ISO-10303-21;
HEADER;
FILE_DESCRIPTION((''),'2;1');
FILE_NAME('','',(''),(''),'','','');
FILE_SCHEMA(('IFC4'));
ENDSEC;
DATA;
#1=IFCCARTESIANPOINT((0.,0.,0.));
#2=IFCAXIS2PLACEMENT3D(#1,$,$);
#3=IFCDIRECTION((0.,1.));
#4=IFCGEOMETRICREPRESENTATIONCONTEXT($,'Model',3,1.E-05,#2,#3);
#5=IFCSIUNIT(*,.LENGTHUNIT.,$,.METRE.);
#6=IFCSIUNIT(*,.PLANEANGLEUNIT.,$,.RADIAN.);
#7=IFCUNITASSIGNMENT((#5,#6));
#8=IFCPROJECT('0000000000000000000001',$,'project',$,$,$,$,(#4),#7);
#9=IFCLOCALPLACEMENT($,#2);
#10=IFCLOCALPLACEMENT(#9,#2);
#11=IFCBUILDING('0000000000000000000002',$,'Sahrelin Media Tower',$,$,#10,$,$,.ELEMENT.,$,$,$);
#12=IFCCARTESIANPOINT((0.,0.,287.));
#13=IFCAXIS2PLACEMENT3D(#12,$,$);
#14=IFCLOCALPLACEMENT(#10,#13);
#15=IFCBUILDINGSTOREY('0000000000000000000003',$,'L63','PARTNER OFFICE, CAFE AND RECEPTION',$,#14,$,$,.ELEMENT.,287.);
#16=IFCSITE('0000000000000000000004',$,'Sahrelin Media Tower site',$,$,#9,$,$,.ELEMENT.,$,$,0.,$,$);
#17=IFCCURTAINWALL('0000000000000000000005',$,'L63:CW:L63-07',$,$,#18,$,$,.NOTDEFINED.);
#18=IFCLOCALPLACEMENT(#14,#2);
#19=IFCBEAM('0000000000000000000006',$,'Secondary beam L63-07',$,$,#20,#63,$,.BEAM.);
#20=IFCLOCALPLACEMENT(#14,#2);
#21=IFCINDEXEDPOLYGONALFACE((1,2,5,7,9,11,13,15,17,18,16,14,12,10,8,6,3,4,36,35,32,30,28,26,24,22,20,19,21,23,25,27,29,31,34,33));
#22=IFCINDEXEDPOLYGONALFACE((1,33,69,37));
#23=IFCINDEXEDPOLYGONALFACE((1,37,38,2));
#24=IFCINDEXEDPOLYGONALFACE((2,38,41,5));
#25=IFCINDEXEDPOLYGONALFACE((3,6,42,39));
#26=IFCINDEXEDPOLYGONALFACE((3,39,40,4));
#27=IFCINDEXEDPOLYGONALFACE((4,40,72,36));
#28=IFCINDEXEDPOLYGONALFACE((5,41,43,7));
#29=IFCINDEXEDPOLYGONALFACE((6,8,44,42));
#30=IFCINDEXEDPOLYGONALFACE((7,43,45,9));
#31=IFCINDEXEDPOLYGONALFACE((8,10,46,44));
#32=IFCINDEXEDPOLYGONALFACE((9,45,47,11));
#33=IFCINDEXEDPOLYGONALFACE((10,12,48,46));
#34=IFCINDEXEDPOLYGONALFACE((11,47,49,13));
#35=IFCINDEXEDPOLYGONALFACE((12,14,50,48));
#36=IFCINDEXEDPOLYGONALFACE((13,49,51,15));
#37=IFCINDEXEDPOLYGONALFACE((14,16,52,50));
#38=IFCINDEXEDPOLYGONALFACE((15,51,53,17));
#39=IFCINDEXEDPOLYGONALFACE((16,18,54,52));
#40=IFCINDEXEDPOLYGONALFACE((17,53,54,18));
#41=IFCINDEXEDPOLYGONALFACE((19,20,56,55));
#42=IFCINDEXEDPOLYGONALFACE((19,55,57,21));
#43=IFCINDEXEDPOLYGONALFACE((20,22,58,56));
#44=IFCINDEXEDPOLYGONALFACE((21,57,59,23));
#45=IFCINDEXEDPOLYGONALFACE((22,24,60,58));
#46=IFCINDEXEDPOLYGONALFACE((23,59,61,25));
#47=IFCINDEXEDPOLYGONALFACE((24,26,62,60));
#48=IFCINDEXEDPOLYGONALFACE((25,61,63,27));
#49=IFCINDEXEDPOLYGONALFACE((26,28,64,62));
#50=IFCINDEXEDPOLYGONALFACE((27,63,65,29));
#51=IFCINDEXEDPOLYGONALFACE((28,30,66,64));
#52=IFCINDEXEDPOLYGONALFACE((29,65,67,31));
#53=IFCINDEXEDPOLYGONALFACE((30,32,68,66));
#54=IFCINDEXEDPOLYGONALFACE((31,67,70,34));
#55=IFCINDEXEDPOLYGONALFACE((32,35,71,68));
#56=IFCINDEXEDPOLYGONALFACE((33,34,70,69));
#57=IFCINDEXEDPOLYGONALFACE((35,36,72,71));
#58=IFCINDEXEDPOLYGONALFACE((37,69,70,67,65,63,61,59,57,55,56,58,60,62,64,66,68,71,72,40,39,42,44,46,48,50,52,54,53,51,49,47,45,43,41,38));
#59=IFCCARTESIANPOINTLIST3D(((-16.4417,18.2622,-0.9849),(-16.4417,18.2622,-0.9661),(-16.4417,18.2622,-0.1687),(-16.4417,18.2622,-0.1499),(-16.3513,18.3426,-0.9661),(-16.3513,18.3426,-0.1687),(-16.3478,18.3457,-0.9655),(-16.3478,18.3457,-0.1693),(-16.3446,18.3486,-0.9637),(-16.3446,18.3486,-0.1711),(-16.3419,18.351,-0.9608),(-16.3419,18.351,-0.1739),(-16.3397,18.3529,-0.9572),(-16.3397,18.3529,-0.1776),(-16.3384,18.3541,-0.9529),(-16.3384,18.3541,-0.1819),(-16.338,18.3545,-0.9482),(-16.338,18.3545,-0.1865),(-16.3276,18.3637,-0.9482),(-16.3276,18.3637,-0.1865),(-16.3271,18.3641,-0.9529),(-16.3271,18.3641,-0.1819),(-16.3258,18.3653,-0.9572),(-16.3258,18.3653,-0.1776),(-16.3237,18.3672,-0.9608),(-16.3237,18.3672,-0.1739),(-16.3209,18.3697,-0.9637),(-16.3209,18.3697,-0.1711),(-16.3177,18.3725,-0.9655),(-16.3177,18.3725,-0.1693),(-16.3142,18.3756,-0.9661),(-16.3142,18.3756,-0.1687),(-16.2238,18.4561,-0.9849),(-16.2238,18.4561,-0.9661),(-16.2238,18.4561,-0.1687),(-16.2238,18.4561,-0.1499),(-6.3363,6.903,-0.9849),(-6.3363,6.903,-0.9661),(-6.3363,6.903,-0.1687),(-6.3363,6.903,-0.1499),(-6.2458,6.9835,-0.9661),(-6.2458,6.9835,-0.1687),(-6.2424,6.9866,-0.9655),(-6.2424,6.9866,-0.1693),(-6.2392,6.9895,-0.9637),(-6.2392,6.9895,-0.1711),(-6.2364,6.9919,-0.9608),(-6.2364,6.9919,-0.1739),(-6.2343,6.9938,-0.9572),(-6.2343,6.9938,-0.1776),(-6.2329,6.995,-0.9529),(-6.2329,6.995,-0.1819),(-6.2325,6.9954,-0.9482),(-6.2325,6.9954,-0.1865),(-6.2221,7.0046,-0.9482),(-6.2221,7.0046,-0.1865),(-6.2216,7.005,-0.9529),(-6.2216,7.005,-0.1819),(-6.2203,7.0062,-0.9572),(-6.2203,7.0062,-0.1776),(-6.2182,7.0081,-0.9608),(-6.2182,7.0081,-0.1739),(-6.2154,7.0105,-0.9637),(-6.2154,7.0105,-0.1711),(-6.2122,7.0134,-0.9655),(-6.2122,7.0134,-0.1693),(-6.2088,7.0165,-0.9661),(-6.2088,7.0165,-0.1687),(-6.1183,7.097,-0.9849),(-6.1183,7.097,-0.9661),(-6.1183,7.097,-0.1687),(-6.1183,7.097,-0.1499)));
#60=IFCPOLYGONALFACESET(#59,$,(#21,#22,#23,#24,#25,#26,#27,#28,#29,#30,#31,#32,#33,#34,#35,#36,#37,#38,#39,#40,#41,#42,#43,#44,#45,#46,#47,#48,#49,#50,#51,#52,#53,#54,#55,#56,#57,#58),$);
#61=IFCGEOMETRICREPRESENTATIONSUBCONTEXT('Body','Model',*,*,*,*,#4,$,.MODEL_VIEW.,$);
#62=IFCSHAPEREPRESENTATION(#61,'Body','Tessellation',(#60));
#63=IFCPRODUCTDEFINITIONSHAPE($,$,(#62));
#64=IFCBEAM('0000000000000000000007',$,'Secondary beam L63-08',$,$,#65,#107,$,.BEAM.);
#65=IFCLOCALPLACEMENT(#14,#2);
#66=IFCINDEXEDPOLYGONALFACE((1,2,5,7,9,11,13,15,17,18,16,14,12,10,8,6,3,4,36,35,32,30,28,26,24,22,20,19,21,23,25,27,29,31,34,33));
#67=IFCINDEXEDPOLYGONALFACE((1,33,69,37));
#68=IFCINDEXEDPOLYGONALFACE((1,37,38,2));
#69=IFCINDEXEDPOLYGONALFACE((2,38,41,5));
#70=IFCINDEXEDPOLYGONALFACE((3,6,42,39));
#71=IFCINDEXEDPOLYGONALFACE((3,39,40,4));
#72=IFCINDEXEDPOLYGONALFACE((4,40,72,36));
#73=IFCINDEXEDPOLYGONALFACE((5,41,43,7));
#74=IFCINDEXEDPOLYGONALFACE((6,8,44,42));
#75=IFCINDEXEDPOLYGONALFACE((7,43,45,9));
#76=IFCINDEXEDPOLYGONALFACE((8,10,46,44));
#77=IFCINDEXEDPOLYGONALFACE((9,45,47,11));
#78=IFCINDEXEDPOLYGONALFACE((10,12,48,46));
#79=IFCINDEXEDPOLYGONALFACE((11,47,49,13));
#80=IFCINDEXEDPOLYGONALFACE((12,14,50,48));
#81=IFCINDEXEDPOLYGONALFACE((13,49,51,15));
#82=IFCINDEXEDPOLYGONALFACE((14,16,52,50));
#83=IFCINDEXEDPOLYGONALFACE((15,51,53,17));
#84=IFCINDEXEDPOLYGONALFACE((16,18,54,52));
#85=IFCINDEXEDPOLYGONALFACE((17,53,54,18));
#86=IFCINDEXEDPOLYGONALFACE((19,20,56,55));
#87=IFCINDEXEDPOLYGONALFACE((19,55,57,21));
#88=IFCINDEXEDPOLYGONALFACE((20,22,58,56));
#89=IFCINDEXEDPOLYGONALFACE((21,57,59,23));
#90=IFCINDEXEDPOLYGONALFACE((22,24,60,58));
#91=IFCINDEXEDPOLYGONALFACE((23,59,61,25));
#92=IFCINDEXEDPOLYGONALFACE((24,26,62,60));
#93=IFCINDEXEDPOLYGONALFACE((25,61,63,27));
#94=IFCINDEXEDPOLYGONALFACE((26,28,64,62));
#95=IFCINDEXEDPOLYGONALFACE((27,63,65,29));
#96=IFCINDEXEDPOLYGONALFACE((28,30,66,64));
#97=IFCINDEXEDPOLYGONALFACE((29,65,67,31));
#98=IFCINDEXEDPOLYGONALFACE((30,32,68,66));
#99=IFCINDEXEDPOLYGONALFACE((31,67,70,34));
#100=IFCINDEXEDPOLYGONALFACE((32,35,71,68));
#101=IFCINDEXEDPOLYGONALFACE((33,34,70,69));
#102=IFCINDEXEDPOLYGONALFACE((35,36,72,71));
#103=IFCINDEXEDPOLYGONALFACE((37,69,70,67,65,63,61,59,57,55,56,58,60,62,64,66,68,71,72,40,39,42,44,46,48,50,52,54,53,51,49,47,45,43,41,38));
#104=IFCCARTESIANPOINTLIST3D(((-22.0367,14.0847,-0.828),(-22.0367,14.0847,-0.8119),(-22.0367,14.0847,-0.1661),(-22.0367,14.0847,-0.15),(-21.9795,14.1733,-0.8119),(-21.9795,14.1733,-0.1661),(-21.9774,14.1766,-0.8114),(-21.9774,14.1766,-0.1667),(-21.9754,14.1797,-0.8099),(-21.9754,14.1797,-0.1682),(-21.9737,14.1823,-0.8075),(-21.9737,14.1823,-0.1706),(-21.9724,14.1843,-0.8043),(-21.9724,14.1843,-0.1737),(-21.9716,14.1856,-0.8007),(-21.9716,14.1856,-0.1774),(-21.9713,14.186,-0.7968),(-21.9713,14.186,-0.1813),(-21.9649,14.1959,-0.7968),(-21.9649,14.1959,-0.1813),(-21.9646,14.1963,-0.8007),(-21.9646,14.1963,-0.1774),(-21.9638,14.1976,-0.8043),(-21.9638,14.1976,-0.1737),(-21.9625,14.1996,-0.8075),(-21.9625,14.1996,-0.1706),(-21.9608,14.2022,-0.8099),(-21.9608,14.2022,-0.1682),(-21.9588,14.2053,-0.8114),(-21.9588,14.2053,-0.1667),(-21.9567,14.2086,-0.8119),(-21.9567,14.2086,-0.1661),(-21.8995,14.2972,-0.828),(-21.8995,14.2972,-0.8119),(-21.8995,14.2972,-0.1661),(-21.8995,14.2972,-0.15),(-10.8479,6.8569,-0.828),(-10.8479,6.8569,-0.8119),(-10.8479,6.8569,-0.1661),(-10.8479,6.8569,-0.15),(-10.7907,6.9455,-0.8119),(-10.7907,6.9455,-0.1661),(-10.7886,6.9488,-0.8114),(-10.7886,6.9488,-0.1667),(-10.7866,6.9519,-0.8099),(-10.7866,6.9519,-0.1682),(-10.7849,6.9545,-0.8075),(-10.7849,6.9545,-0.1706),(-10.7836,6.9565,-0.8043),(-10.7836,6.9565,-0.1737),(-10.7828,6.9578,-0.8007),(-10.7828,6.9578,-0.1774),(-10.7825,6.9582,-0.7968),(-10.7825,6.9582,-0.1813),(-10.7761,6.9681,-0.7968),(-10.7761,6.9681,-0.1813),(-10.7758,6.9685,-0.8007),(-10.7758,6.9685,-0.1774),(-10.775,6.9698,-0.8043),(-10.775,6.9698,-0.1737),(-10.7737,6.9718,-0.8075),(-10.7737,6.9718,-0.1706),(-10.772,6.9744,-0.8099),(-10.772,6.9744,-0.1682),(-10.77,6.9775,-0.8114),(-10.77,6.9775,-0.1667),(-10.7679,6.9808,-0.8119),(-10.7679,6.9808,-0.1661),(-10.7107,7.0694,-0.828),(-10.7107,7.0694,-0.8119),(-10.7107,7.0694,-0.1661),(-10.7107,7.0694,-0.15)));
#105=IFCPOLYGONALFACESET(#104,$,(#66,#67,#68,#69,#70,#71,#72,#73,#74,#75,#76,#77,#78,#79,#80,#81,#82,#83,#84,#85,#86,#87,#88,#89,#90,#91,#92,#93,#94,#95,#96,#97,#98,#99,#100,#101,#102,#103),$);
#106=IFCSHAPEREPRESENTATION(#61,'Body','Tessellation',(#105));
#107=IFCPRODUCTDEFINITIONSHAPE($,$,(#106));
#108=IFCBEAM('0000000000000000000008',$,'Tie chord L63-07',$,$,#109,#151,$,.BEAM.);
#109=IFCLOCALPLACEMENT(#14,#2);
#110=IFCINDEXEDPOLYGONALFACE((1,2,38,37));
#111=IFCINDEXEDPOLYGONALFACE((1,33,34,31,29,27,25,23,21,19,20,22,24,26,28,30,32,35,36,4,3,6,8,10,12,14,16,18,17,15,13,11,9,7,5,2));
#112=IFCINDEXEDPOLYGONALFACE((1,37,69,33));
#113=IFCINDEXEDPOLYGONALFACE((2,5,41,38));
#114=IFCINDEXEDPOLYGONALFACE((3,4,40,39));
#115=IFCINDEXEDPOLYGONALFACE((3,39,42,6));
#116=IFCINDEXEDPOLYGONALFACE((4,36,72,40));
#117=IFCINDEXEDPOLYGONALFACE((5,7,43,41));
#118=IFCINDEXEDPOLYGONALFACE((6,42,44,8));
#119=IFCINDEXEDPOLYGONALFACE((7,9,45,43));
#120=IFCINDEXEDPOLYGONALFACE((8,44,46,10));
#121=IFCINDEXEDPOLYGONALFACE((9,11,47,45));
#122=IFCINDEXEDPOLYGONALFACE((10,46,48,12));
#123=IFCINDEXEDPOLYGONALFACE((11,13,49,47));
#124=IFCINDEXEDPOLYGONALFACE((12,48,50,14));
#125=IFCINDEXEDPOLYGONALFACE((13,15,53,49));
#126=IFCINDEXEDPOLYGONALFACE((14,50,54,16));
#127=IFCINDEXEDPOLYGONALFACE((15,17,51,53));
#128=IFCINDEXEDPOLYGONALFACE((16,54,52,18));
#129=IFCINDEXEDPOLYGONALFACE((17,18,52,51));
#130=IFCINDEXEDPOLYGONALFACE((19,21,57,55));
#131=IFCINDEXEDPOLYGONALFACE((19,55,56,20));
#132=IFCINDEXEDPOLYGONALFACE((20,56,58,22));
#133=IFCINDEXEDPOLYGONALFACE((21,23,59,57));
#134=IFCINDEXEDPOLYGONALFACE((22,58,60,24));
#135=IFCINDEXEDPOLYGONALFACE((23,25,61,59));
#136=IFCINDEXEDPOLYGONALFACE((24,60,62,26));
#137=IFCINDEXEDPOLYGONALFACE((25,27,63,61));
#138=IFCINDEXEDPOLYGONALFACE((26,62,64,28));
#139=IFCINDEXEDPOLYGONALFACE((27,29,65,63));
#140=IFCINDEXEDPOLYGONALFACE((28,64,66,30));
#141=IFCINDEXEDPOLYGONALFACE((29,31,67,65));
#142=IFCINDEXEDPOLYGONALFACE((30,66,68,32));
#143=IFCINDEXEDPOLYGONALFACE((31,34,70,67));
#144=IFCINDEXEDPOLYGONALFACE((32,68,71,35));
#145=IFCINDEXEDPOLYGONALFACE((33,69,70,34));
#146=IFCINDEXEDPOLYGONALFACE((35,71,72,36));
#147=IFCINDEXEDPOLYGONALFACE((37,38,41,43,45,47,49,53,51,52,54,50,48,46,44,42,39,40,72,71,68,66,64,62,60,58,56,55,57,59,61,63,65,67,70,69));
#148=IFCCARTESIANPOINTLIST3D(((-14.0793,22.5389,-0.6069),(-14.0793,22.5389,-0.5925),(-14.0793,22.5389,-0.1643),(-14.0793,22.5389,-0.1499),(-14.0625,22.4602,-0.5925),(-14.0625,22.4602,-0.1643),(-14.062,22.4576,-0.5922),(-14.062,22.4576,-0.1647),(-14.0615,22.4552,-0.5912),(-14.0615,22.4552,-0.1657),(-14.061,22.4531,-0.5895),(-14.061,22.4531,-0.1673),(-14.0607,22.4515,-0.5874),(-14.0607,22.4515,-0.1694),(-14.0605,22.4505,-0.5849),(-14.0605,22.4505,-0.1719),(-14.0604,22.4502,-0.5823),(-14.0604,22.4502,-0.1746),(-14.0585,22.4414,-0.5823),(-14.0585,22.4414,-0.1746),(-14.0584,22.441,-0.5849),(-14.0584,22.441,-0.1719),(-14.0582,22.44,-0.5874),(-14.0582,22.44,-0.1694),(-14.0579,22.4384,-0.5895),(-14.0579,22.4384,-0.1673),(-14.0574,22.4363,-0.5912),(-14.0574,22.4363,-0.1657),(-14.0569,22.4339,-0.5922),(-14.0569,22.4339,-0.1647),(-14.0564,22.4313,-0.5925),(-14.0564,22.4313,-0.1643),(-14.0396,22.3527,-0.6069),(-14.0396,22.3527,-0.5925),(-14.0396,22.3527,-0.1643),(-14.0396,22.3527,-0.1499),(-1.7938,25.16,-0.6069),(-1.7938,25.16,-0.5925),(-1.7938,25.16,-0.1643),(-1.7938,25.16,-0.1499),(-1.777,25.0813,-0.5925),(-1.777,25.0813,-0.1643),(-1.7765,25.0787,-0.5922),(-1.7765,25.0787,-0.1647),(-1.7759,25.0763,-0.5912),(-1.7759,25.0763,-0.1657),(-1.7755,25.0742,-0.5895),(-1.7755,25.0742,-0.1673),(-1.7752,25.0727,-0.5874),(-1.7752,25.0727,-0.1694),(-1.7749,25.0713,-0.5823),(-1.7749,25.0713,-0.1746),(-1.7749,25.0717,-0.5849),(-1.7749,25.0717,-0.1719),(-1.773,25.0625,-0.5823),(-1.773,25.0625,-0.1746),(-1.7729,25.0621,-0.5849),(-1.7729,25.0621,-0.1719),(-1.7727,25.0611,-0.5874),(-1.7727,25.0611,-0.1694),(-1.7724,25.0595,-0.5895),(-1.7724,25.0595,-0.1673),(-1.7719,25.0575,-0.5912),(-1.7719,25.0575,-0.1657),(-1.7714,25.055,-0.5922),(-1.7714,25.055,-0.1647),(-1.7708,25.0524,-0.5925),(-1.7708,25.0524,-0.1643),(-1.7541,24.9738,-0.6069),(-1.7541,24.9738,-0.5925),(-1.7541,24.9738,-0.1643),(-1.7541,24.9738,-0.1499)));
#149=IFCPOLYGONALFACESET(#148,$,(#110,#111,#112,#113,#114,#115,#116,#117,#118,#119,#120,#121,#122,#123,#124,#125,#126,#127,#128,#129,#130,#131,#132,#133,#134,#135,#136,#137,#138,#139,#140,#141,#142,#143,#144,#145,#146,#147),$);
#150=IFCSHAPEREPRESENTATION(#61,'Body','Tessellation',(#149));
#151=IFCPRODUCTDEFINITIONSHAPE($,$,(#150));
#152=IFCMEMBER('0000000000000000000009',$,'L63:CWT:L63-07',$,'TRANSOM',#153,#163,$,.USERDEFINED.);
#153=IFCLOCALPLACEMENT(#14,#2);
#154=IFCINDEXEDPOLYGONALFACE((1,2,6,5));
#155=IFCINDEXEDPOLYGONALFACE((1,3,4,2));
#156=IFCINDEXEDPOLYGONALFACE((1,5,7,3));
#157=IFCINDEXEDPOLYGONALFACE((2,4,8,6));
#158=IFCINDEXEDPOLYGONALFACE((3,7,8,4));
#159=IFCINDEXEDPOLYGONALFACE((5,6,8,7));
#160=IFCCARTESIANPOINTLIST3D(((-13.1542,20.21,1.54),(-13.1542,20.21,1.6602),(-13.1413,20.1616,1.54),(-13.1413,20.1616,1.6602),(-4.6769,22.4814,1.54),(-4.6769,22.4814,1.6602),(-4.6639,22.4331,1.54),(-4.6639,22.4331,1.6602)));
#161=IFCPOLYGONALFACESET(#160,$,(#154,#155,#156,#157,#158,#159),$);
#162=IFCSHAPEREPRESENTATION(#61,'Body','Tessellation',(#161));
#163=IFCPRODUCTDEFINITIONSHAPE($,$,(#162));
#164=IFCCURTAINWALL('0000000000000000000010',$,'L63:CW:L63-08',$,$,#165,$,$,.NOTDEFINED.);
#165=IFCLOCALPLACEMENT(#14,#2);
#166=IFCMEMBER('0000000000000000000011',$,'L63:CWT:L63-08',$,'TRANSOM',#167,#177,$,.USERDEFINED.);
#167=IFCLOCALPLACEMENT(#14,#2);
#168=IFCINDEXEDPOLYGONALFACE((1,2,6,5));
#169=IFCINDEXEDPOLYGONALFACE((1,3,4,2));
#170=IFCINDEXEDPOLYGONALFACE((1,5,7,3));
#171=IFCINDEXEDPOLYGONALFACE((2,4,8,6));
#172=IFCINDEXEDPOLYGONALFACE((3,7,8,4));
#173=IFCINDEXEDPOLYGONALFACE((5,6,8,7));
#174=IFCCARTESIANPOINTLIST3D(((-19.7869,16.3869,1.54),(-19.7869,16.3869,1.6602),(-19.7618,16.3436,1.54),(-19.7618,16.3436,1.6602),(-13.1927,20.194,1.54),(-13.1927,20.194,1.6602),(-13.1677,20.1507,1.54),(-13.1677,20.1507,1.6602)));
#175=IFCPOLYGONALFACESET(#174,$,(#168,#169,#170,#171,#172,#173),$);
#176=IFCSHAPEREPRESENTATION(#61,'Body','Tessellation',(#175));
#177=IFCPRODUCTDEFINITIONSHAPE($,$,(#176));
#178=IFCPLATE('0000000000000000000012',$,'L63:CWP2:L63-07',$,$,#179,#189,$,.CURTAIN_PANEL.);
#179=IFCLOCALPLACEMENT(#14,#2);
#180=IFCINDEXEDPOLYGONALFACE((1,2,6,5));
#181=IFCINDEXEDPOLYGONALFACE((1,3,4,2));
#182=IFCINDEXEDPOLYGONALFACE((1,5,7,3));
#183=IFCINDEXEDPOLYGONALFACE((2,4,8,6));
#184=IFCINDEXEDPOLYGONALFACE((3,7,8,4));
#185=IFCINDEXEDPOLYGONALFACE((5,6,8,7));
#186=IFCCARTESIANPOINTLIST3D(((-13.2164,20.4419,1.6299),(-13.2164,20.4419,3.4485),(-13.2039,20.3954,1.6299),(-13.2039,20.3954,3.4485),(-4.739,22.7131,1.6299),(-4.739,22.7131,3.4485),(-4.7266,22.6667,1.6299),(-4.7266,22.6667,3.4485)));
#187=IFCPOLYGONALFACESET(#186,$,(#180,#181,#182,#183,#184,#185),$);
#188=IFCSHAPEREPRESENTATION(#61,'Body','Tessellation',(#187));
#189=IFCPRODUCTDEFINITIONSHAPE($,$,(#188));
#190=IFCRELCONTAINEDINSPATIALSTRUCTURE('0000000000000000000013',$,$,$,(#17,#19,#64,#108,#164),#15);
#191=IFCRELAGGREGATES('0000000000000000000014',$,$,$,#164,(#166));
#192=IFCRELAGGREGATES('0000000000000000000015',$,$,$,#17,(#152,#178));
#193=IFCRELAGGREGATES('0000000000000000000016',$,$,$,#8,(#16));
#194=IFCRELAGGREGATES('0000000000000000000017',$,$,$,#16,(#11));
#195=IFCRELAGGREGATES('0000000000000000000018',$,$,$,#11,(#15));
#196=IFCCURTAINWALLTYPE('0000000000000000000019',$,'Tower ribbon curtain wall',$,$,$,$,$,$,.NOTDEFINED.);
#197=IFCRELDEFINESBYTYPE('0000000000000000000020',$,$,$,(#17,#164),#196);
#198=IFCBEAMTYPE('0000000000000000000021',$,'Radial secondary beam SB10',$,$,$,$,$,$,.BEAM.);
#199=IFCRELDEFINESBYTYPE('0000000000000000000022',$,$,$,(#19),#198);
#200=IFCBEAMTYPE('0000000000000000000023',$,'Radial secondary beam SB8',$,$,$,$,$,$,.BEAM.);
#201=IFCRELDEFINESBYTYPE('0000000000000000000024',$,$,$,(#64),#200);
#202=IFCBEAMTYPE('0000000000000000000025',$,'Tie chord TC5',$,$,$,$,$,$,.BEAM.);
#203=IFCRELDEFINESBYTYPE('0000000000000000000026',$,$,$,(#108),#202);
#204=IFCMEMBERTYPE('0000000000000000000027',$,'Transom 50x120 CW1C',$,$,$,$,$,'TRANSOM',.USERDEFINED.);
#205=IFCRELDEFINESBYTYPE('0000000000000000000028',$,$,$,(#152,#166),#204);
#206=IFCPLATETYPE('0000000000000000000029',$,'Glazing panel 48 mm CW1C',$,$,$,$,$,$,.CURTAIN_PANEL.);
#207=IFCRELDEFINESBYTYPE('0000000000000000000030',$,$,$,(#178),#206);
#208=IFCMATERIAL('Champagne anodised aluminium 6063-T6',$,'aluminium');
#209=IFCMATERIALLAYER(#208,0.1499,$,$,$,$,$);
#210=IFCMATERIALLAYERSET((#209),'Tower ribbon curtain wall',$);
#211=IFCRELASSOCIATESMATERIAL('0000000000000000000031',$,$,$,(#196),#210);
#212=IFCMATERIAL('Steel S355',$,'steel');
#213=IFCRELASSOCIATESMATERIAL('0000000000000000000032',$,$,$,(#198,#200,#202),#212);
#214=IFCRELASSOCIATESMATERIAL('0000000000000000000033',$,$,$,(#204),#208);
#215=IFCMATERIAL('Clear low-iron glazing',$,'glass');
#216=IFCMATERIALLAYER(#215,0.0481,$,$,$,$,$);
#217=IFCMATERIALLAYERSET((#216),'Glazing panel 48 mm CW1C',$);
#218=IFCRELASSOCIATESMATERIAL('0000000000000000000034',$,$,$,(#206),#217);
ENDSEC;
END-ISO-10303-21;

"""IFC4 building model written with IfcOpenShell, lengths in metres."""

from ifc_helpers import new_model, si_unit, direction, frame, origin, origin_2d, place, context, subcontext, project, spatial, polyline, rectangle, i_section, outline, extrude, material, layer, layer_set, material_profile, profile_set, type_object, element, aggregate, save


model = new_model("IFC4")

# Units and contexts
model_context = context("Model", 3, precision=1e-05, world=origin(), true_north=direction((0.0, 1.0)))
body_context = subcontext(model_context, "Body", "Model", "MODEL_VIEW")
ifc_project = project(units=[si_unit("LENGTHUNIT", "METRE"), si_unit("PLANEANGLEUNIT", "RADIAN")], contexts=[model_context])

# Site, building, storey
site_placement = place(None, origin())
site = spatial("IfcSite", under=ifc_project, at=site_placement, Name="Sahrelin Media Tower site", CompositionType="ELEMENT", RefElevation=0.0)
building_placement = place(site_placement, origin())
building = spatial("IfcBuilding", under=site, at=building_placement, Name="Sahrelin Media Tower", CompositionType="ELEMENT")
storey_placement = place(building_placement, frame((0.0, 0.0, 287.0)))
storey = spatial("IfcBuildingStorey", under=building, at=storey_placement, Name="L63", Description="PARTNER OFFICE, CAFE AND RECEPTION", CompositionType="ELEMENT", Elevation=287.0)

# Shared definitions
ifc_material_1 = material(Name="Steel S355", Category="steel")

# Curtain wall
ifc_material_2 = material(Name="Champagne anodised aluminium 6063-T6", Category="aluminium")
ifc_layer_1 = layer(ifc_material_2, 0.1499)
ifc_layer_set_1 = layer_set([ifc_layer_1], Name="Tower ribbon curtain wall")
curtain_wall_type = type_object("IfcCurtainWallType", Name="Tower ribbon curtain wall", PredefinedType="NOTDEFINED", material=ifc_layer_set_1)
curtain_wall_1_placement = place(storey_placement, frame((-8.9724, 21.5581, 0.0), z_axis=(0.0, 0.0, 1.0), x_axis=(1.0, 0.0, 0.0)))
curtain_wall_1 = element("IfcCurtainWall", 1, at=curtain_wall_1_placement, inside=storey, type_object=curtain_wall_type, Name="L63:CW:L63-07", PredefinedType="NOTDEFINED")

# Beams
ifc_material_profile_1 = material_profile(ifc_material_1, i_section(OverallWidth=0.2917, OverallDepth=0.835, WebThickness=0.0139, FlangeThickness=0.0188, FilletRadius=0.0178, at=origin_2d()), Name="UB 838x292x176")
ifc_profile_set_1 = profile_set([ifc_material_profile_1], Name="Steel S355")
beam_type_1 = type_object("IfcBeamType", Name="Radial secondary beam SB10", PredefinedType="BEAM", material=ifc_profile_set_1)
beam_1_placement = place(storey_placement, frame((-6.2273, 7.0, -0.5674), z_axis=(-0.664675, 0.747133, 0.0), x_axis=(-0.747133, -0.664675, 0.0)))
element("IfcBeam", 2, at=beam_1_placement, inside=storey, type_object=beam_type_1, Name="Secondary beam L63-07", PredefinedType="BEAM", context=body_context, shape_type="SweptSolid", body=[
    extrude(i_section(OverallWidth=0.2917, OverallDepth=0.835, WebThickness=0.0139, FlangeThickness=0.0188, FilletRadius=0.0178, at=origin_2d()), origin(), (0.0, 0.0, 1.0), 15.2036),
])
ifc_material_profile_2 = material_profile(ifc_material_1, i_section(OverallWidth=0.2529, OverallDepth=0.678, WebThickness=0.0117, FlangeThickness=0.0161, FilletRadius=0.0151, at=origin_2d()), Name="UB 686x254x125")
ifc_profile_set_2 = profile_set([ifc_material_profile_2], Name="Steel S355")
beam_type_2 = type_object("IfcBeamType", Name="Radial secondary beam SB8", PredefinedType="BEAM", material=ifc_profile_set_2)
beam_2_placement = place(storey_placement, frame((-10.7793, 6.9631, -0.489), z_axis=(-0.83998, 0.542617, 0.0), x_axis=(-0.542617, -0.83998, 0.0)))
element("IfcBeam", 3, at=beam_2_placement, inside=storey, type_object=beam_type_2, Name="Secondary beam L63-08", PredefinedType="BEAM", context=body_context, shape_type="SweptSolid", body=[
    extrude(i_section(OverallWidth=0.2529, OverallDepth=0.678, WebThickness=0.0117, FlangeThickness=0.0161, FilletRadius=0.0151, at=origin_2d()), origin(), (0.0, 0.0, 1.0), 13.3203),
])
ifc_material_profile_3 = material_profile(ifc_material_1, i_section(OverallWidth=0.1904, OverallDepth=0.457, WebThickness=0.009, FlangeThickness=0.0144, FilletRadius=0.0103, at=origin_2d()), Name="UB 457x191x74")
ifc_profile_set_3 = profile_set([ifc_material_profile_3], Name="Steel S355")
beam_type_3 = type_object("IfcBeamType", Name="Tie chord TC5", PredefinedType="BEAM", material=ifc_profile_set_3)
beam_3_placement = place(storey_placement, frame((-1.7739, 25.0669, -0.3784), z_axis=(-0.977989, -0.208654, 0.0), x_axis=(0.208654, -0.977989, 0.0)))
element("IfcBeam", 4, at=beam_3_placement, inside=storey, type_object=beam_type_3, Name="Tie chord L63-07", PredefinedType="BEAM", context=body_context, shape_type="SweptSolid", body=[
    extrude(i_section(OverallWidth=0.1904, OverallDepth=0.457, WebThickness=0.009, FlangeThickness=0.0144, FilletRadius=0.0103, at=origin_2d()), origin(), (0.0, 0.0, 1.0), 12.562),
])

# Member
ifc_material_profile_4 = material_profile(ifc_material_2, rectangle(XDim=0.05, YDim=0.1201, at=origin_2d()), Name="Transom 50x120")
ifc_profile_set_4 = profile_set([ifc_material_profile_4], Name="Champagne anodised aluminium 6063-T6")
member_type_1 = type_object("IfcMemberType", Name="Transom 50x120 CW1C", ElementType="TRANSOM", PredefinedType="USERDEFINED", material=ifc_profile_set_4)
member_1_placement = place(storey_placement, frame((-4.6704, 22.4573, 1.6001), z_axis=(-0.965926, -0.258819, 0.0), x_axis=(0.258819, -0.965926, 0.0)))
member_1 = element("IfcMember", 5, at=member_1_placement, type_object=member_type_1, Name="L63:CWT:L63-07", ObjectType="TRANSOM", PredefinedType="USERDEFINED", context=body_context, shape_type="SweptSolid", body=[
    extrude(rectangle(XDim=0.05, YDim=0.1201, at=origin_2d()), origin(), (0.0, 0.0, 1.0), 8.7764),
])

# Curtain wall, member
curtain_wall_2_placement = place(storey_placement, frame((-16.5999, 18.481, 0.0), z_axis=(0.0, 0.0, 1.0), x_axis=(1.0, 0.0, 0.0)))
curtain_wall_2 = element("IfcCurtainWall", 6, at=curtain_wall_2_placement, inside=storey, type_object=curtain_wall_type, Name="L63:CW:L63-08", PredefinedType="NOTDEFINED")
member_2_placement = place(storey_placement, frame((-13.1802, 20.1724, 1.6001), z_axis=(-0.866029, -0.499994, 0.0), x_axis=(0.499994, -0.866029, 0.0)))
member_2 = element("IfcMember", 7, at=member_2_placement, type_object=member_type_1, Name="L63:CWT:L63-08", ObjectType="TRANSOM", PredefinedType="USERDEFINED", context=body_context, shape_type="SweptSolid", body=[
    extrude(rectangle(XDim=0.05, YDim=0.1201, at=origin_2d()), origin(), (0.0, 0.0, 1.0), 7.6143),
])
aggregate(curtain_wall_2, [member_2])

# Plate
ifc_material_3 = material(Name="Clear low-iron glazing", Category="glass")
ifc_layer_2 = layer(ifc_material_3, 0.0481)
ifc_layer_set_2 = layer_set([ifc_layer_2], Name="Glazing panel 48 mm CW1C")
plate_type_1 = type_object("IfcPlateType", Name="Glazing panel 48 mm CW1C", PredefinedType="CURTAIN_PANEL", material=ifc_layer_set_2)
plate_1_placement = place(storey_placement, frame((-4.739, 22.7131, 1.6299), z_axis=(-0.258793, 0.965933, 0.0), x_axis=(-0.965933, -0.258793, 0.0)))
plate_1 = element("IfcPlate", 8, at=plate_1_placement, type_object=plate_type_1, Name="L63:CWP2:L63-07", PredefinedType="CURTAIN_PANEL", context=body_context, shape_type="SweptSolid", body=[
    extrude(outline(polyline([(0.0, 0.0), (8.7764, 0.0), (8.7764, 1.8186), (0.0, 1.8186), (0.0, 0.0)])), origin(), (0.0, 0.0, -1.0), 0.0481),
])
aggregate(curtain_wall_1, [member_1, plate_1])

save(model, "model.ifc")
